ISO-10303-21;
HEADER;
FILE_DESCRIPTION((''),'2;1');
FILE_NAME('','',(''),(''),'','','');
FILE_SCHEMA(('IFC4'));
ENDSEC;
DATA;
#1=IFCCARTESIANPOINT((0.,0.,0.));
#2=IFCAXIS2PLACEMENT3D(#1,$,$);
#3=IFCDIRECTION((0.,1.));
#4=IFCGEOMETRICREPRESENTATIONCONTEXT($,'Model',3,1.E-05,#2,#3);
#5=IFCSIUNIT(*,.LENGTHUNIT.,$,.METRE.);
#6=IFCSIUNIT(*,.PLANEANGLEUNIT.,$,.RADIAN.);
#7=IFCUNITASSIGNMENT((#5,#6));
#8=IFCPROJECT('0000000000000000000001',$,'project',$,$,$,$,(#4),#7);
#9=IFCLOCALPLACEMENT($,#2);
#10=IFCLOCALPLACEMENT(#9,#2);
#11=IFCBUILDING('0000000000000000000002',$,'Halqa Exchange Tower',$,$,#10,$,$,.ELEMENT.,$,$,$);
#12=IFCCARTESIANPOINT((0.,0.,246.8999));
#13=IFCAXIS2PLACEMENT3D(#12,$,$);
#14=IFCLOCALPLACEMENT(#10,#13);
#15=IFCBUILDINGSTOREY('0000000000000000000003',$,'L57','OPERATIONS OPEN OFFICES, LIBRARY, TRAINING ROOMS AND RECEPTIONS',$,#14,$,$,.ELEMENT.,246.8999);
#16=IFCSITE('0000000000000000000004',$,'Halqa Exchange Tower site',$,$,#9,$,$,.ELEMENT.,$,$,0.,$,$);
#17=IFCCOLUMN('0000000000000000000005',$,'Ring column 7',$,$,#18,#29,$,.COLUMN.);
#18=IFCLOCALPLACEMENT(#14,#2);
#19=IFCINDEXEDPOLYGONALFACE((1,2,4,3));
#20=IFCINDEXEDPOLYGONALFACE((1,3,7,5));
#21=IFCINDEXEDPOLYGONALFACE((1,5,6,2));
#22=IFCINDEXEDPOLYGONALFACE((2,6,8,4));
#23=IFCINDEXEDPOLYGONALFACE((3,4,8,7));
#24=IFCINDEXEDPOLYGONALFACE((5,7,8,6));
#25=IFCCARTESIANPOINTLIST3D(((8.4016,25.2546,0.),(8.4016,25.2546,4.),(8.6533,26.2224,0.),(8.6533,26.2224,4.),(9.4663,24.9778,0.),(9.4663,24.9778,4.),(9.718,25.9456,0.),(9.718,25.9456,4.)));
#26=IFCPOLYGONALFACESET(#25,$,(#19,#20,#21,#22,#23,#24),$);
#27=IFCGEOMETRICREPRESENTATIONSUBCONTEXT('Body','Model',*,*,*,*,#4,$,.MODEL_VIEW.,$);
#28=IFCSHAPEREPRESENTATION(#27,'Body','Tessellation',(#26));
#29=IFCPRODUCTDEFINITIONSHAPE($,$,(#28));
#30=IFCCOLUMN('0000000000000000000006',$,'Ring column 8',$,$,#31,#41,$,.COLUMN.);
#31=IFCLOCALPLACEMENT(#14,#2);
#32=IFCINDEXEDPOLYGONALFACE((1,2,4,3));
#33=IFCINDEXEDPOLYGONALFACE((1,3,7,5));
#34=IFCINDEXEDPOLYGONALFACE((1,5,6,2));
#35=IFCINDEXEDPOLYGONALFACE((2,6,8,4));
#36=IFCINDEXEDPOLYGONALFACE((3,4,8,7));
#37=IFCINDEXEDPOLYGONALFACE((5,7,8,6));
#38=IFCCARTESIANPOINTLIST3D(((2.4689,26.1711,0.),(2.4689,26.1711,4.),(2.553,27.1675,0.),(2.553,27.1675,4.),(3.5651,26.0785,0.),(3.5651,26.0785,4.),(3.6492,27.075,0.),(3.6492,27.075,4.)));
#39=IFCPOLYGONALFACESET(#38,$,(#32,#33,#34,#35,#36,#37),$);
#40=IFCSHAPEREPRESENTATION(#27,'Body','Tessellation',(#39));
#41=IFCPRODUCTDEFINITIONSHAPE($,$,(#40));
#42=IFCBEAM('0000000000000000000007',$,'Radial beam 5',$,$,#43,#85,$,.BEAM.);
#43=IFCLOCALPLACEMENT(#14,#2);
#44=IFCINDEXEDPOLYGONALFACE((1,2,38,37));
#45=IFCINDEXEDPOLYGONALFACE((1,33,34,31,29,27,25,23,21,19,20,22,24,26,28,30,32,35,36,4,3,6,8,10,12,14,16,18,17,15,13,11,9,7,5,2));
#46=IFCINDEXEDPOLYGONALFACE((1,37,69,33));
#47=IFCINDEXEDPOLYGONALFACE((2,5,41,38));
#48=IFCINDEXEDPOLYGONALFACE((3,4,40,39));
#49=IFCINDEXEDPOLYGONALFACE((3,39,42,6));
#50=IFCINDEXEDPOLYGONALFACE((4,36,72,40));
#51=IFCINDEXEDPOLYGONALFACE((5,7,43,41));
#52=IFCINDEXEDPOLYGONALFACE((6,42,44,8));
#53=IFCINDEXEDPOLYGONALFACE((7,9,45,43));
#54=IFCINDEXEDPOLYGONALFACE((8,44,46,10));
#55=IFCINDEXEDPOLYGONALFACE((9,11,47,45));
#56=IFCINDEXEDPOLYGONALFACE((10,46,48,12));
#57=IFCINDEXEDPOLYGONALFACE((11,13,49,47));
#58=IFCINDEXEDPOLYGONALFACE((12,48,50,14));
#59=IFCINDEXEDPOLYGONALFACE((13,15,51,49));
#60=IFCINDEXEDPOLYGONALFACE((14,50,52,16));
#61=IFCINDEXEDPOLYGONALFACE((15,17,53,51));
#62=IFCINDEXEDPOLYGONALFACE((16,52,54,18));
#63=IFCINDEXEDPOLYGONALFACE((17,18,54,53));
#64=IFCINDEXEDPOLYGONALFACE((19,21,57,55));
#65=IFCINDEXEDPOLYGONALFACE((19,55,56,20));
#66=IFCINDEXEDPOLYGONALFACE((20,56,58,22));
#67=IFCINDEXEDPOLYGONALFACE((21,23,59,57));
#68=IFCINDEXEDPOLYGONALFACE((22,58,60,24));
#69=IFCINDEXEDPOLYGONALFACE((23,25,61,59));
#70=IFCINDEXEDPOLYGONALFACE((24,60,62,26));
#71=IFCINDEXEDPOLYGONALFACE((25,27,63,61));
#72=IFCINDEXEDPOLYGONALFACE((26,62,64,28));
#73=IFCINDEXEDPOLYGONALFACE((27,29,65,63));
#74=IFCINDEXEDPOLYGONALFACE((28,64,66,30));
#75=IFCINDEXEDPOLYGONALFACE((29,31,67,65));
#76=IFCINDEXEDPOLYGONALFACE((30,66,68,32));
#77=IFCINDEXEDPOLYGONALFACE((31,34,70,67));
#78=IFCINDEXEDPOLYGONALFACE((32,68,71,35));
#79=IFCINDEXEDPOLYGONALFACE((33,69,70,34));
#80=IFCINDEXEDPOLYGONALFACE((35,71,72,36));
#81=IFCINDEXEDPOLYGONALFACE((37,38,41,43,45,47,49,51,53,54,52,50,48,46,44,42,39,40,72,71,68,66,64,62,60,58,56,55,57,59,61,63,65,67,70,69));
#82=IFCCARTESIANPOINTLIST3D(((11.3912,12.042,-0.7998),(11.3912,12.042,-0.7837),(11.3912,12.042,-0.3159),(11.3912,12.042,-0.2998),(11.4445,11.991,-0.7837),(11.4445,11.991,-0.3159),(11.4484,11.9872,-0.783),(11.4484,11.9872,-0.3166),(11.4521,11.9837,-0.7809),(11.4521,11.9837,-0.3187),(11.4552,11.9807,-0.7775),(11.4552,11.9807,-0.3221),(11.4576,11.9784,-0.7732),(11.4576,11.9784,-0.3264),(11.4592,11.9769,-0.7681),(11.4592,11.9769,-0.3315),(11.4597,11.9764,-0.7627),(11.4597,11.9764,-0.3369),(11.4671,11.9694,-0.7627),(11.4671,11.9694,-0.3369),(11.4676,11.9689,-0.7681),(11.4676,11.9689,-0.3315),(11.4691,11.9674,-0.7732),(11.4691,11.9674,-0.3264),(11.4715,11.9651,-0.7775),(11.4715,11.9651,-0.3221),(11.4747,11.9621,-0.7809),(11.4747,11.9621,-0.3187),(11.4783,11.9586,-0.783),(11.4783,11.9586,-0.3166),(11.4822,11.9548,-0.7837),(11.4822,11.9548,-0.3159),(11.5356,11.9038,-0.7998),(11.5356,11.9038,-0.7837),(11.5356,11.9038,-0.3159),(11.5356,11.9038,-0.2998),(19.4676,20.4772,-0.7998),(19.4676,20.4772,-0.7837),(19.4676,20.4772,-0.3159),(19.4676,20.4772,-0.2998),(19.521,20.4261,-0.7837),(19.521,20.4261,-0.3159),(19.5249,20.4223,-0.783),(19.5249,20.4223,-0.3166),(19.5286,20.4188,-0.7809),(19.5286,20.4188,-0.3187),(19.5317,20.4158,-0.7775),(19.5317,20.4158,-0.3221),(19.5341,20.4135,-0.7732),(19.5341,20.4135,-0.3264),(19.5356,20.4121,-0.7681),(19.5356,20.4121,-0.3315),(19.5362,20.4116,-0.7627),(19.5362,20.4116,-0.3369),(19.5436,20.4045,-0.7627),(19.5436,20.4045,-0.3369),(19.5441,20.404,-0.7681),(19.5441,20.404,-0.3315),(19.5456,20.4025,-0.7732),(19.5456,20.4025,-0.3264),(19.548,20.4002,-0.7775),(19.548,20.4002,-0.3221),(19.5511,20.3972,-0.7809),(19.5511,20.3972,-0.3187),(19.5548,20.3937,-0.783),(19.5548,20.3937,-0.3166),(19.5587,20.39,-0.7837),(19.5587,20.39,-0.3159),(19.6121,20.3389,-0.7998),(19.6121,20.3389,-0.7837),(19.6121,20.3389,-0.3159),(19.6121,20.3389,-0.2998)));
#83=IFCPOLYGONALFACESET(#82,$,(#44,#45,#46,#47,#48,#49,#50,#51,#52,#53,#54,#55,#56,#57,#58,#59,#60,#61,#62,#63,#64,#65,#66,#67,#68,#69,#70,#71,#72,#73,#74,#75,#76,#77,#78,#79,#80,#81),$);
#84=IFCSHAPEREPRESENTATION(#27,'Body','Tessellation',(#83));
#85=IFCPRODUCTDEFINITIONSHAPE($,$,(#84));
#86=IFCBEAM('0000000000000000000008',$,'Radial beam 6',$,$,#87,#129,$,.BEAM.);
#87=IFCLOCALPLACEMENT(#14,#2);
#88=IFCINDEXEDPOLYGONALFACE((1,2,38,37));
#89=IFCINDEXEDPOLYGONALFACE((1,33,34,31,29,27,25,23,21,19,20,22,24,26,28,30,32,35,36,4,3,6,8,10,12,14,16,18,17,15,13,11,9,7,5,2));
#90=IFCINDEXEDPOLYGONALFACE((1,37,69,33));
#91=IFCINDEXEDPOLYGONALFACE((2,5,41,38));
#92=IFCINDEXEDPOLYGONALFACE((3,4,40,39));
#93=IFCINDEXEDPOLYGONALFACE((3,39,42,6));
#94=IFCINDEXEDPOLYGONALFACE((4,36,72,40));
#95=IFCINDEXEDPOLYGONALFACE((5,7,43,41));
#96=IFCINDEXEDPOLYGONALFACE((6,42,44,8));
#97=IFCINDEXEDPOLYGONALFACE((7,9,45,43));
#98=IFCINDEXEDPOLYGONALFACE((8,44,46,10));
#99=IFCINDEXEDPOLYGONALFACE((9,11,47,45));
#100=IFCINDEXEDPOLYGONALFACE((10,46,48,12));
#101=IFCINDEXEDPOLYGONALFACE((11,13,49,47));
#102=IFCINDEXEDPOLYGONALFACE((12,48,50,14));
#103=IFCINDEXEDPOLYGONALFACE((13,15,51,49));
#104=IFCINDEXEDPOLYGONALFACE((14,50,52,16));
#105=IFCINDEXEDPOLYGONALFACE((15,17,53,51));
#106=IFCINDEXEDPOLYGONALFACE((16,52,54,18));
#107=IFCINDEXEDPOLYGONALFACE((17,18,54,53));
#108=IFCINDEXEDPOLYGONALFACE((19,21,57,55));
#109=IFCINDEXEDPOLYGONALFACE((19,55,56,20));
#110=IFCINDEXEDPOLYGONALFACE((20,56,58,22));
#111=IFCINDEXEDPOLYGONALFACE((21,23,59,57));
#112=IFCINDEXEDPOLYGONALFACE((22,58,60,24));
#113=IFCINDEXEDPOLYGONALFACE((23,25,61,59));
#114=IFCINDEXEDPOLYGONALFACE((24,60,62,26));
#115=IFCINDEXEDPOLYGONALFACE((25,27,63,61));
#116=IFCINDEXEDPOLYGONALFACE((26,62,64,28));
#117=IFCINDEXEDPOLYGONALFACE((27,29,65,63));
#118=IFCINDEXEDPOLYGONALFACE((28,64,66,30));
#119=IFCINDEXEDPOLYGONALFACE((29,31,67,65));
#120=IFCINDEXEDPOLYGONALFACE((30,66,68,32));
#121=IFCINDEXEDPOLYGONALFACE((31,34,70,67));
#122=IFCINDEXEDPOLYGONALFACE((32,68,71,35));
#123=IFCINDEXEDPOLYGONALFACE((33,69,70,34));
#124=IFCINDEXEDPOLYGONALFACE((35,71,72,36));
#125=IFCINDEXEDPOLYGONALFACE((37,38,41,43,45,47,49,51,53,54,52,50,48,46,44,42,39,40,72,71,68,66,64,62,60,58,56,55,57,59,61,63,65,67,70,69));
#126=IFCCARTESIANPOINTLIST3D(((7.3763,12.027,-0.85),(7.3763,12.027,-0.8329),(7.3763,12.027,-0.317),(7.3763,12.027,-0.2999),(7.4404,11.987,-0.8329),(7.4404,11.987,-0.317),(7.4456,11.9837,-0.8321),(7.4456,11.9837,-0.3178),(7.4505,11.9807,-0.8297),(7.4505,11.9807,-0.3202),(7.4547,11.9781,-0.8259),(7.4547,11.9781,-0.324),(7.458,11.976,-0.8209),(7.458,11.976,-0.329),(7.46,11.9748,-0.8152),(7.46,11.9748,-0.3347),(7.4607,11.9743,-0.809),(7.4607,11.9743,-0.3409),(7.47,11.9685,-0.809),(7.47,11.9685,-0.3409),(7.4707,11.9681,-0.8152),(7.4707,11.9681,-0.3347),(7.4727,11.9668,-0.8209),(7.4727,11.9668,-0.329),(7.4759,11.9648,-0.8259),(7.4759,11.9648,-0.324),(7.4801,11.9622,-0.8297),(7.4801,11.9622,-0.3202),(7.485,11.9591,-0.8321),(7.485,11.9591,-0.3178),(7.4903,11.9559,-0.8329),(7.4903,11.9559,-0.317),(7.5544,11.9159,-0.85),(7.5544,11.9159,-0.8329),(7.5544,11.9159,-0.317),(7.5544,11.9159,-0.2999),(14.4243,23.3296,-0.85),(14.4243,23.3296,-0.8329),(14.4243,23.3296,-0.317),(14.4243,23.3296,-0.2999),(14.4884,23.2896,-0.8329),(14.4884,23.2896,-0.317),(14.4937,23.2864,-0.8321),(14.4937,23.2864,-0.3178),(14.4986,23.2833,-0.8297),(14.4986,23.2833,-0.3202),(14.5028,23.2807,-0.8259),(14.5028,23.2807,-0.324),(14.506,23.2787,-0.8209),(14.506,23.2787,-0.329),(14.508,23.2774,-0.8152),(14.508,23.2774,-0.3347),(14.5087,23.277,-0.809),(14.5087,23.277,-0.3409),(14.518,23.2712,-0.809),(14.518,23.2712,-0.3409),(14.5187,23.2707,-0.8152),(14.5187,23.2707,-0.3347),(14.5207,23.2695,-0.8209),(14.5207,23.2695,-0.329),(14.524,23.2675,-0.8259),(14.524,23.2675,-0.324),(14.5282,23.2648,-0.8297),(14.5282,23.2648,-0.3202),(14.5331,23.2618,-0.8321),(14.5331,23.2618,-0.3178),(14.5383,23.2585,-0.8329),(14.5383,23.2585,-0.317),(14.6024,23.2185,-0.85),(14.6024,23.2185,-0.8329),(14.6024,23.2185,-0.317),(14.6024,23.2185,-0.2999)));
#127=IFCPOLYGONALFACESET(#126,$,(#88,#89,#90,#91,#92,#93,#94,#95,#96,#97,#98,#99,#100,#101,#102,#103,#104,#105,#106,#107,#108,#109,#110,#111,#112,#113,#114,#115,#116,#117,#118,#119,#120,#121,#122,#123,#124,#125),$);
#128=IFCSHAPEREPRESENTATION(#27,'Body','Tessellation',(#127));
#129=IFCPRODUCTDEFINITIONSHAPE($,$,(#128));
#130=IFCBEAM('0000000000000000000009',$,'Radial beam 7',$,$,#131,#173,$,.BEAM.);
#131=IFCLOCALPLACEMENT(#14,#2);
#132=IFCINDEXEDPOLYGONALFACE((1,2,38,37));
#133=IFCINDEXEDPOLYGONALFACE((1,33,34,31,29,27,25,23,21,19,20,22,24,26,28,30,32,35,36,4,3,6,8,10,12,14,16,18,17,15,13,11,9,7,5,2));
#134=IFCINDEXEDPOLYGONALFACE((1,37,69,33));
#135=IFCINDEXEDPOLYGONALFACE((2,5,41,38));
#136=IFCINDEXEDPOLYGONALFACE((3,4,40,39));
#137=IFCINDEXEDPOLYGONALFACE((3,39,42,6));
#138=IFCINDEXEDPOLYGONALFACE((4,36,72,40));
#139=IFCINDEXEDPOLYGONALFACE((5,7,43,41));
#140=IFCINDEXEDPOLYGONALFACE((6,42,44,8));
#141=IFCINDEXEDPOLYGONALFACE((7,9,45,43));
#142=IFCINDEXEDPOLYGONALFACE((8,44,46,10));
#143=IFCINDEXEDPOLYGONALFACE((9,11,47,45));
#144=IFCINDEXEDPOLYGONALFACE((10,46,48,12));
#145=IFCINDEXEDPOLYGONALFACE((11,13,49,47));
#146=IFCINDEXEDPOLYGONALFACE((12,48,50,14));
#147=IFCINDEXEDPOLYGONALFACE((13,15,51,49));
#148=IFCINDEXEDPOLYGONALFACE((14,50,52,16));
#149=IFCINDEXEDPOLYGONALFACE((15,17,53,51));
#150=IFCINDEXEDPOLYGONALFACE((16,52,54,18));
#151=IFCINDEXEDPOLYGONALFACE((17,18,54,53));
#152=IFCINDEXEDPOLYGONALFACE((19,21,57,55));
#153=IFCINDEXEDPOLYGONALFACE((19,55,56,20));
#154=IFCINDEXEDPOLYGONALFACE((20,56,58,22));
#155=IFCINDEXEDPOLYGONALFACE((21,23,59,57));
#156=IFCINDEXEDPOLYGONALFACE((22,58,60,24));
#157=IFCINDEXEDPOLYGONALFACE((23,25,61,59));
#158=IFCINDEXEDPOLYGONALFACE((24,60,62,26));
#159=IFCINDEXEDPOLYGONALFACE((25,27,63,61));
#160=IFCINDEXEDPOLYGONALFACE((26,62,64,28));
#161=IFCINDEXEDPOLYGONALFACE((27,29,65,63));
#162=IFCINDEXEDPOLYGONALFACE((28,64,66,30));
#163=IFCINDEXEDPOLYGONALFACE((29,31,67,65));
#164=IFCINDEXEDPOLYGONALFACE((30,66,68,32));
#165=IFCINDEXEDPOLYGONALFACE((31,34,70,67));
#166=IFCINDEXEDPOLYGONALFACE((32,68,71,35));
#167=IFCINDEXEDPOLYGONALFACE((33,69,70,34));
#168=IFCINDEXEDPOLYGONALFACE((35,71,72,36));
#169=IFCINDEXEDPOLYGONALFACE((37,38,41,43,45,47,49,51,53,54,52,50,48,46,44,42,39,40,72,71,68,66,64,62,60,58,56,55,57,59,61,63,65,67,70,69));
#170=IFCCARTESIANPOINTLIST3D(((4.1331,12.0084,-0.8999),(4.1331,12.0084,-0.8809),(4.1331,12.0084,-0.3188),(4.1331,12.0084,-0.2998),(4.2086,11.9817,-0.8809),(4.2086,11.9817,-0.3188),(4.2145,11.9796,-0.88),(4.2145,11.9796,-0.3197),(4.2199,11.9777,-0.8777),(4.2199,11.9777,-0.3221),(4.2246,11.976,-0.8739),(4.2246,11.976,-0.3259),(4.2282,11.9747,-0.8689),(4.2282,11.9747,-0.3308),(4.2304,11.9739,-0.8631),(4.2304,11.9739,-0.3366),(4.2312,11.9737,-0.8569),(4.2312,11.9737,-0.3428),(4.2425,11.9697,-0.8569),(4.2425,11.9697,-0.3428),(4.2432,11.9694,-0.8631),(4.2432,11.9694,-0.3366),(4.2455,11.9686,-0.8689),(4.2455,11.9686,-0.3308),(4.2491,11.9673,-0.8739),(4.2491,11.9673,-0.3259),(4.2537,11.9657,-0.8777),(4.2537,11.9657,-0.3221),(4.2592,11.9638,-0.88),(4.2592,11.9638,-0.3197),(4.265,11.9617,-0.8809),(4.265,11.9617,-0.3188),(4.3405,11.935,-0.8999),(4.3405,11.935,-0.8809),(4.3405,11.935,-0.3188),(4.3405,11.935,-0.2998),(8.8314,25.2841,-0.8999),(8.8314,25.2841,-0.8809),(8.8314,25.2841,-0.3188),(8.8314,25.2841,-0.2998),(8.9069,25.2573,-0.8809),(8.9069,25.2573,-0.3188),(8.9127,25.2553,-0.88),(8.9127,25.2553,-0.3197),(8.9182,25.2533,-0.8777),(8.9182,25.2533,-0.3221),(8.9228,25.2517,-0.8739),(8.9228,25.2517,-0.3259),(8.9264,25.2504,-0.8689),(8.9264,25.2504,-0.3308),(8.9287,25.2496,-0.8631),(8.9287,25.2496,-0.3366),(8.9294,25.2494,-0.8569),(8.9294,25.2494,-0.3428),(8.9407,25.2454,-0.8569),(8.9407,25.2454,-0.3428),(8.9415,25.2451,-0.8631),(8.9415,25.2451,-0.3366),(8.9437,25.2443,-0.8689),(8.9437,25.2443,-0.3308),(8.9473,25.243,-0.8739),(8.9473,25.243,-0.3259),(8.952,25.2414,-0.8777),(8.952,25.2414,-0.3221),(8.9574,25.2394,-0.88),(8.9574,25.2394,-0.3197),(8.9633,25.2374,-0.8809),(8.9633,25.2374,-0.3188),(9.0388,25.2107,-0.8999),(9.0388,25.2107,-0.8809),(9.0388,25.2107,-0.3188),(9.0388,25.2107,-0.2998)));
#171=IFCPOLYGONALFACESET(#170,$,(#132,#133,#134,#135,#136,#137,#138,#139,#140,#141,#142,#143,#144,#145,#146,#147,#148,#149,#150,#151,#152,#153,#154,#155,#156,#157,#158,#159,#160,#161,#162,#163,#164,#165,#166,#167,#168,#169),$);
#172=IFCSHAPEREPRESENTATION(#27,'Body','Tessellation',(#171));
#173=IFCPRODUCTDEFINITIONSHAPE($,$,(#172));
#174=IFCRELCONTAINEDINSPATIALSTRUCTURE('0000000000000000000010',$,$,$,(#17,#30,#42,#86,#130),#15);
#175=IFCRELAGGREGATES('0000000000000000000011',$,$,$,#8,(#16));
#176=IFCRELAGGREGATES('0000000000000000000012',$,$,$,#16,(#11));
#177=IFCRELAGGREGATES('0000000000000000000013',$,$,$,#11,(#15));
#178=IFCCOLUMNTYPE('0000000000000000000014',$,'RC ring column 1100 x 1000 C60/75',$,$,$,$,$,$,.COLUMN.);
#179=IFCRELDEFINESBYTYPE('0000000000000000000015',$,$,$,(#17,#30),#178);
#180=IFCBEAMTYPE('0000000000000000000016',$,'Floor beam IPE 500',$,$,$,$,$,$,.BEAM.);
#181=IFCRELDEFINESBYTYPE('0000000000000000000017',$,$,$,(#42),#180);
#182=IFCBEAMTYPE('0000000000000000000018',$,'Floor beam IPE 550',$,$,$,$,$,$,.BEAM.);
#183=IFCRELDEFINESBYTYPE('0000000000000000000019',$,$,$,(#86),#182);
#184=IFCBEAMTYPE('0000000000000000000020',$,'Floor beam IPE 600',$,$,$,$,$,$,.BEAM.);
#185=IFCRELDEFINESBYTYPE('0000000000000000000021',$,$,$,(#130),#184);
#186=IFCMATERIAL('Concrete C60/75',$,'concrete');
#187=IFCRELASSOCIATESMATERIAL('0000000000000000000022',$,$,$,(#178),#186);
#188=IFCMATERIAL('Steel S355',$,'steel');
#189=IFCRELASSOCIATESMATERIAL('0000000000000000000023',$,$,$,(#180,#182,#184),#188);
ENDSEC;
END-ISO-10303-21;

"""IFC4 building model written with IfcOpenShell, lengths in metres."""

from ifc_helpers import new_model, si_unit, direction, frame, origin, origin_2d, place, context, subcontext, project, spatial, rectangle, i_section, extrude, material, material_profile, profile_set, type_object, element, save


model = new_model("IFC4")

# Units and contexts
model_context = context("Model", 3, precision=1e-05, world=origin(), true_north=direction((0.0, 1.0)))
body_context = subcontext(model_context, "Body", "Model", "MODEL_VIEW")
ifc_project = project(units=[si_unit("LENGTHUNIT", "METRE"), si_unit("PLANEANGLEUNIT", "RADIAN")], contexts=[model_context])

# Site, building, storey
site_placement = place(None, origin())
site = spatial("IfcSite", under=ifc_project, at=site_placement, Name="Halqa Exchange Tower site", CompositionType="ELEMENT", RefElevation=0.0)
building_placement = place(site_placement, origin())
building = spatial("IfcBuilding", under=site, at=building_placement, Name="Halqa Exchange Tower", CompositionType="ELEMENT")
storey_placement = place(building_placement, frame((0.0, 0.0, 246.8999)))
storey = spatial("IfcBuildingStorey", under=building, at=storey_placement, Name="L57", Description="OPERATIONS OPEN OFFICES, LIBRARY, TRAINING ROOMS AND RECEPTIONS", CompositionType="ELEMENT", Elevation=246.8999)

# Columns
ifc_material_1 = material(Name="Concrete C60/75", Category="concrete")
ifc_material_profile_1 = material_profile(ifc_material_1, rectangle(XDim=1.1001, YDim=1.0, at=origin_2d()), Name="1100 x 1000")
ifc_profile_set_1 = profile_set([ifc_material_profile_1], Name="Concrete C60/75")
column_type = type_object("IfcColumnType", Name="RC ring column 1100 x 1000 C60/75", PredefinedType="COLUMN", material=ifc_profile_set_1)
for number, where, z_axis, x_axis, name in (
    (1, (9.0598, 25.6001, 0.0), (0.0, 0.0, 1.0), (-0.96782, 0.251645, 0.0), "Ring column 7"),
    (2, (3.0591, 26.623, 0.0), (0.0, 0.0, 1.0), (-0.996456, 0.084121, 0.0), "Ring column 8"),
):
    element("IfcColumn", number, at=place(storey_placement, frame(where, z_axis=z_axis, x_axis=x_axis)), inside=storey, type_object=column_type, Name=name, PredefinedType="COLUMN", context=body_context, shape_type="SweptSolid", body=[
        extrude(rectangle(XDim=1.1001, YDim=1.0, at=origin_2d()), origin(), (0.0, 0.0, 1.0), 4.0),
    ])

# Beams
ifc_material_2 = material(Name="Steel S355", Category="steel")
ifc_material_profile_2 = material_profile(ifc_material_2, i_section(OverallWidth=0.2, OverallDepth=0.5, WebThickness=0.0103, FlangeThickness=0.0161, FilletRadius=0.021, at=origin_2d()), Name="IPE 500")
ifc_profile_set_2 = profile_set([ifc_material_profile_2], Name="Steel S355")
beam_type_1 = type_object("IfcBeamType", Name="Floor beam IPE 500", PredefinedType="BEAM", material=ifc_profile_set_2)
beam_1_placement = place(storey_placement, frame((11.4634, 11.9729, -0.5498), z_axis=(0.691585, 0.722295, 0.0), x_axis=(-0.722295, 0.691585, 0.0)))
element("IfcBeam", 3, at=beam_1_placement, inside=storey, type_object=beam_type_1, Name="Radial beam 5", PredefinedType="BEAM", context=body_context, shape_type="SweptSolid", body=[
    extrude(i_section(OverallWidth=0.2, OverallDepth=0.5, WebThickness=0.0103, FlangeThickness=0.0161, FilletRadius=0.021, at=origin_2d()), origin(), (0.0, 0.0, 1.0), 11.6782),
])
ifc_material_profile_3 = material_profile(ifc_material_2, i_section(OverallWidth=0.21, OverallDepth=0.55, WebThickness=0.011, FlangeThickness=0.0171, FilletRadius=0.0239, at=origin_2d()), Name="IPE 550")
ifc_profile_set_3 = profile_set([ifc_material_profile_3], Name="Steel S355")
beam_type_2 = type_object("IfcBeamType", Name="Floor beam IPE 550", PredefinedType="BEAM", material=ifc_profile_set_3)
beam_2_placement = place(storey_placement, frame((7.4653, 11.9714, -0.575), z_axis=(0.529129, 0.848542, 0.0), x_axis=(-0.848542, 0.529129, 0.0)))
element("IfcBeam", 4, at=beam_2_placement, inside=storey, type_object=beam_type_2, Name="Radial beam 6", PredefinedType="BEAM", context=body_context, shape_type="SweptSolid", body=[
    extrude(i_section(OverallWidth=0.21, OverallDepth=0.55, WebThickness=0.011, FlangeThickness=0.0171, FilletRadius=0.0239, at=origin_2d()), origin(), (0.0, 0.0, 1.0), 13.3201),
])
ifc_material_profile_4 = material_profile(ifc_material_2, i_section(OverallWidth=0.22, OverallDepth=0.6001, WebThickness=0.012, FlangeThickness=0.019, FilletRadius=0.0239, at=origin_2d()), Name="IPE 600")
ifc_profile_set_4 = profile_set([ifc_material_profile_4], Name="Steel S355")
beam_type_3 = type_object("IfcBeamType", Name="Floor beam IPE 600", PredefinedType="BEAM", material=ifc_profile_set_4)
beam_3_placement = place(storey_placement, frame((4.2368, 11.9717, -0.5999), z_axis=(0.333623, 0.942706, 0.0), x_axis=(-0.942706, 0.333623, 0.0)))
element("IfcBeam", 5, at=beam_3_placement, inside=storey, type_object=beam_type_3, Name="Radial beam 7", PredefinedType="BEAM", context=body_context, shape_type="SweptSolid", body=[
    extrude(i_section(OverallWidth=0.22, OverallDepth=0.6001, WebThickness=0.012, FlangeThickness=0.019, FilletRadius=0.0239, at=origin_2d()), origin(), (0.0, 0.0, 1.0), 14.0825),
])

save(model, "model.ifc")
